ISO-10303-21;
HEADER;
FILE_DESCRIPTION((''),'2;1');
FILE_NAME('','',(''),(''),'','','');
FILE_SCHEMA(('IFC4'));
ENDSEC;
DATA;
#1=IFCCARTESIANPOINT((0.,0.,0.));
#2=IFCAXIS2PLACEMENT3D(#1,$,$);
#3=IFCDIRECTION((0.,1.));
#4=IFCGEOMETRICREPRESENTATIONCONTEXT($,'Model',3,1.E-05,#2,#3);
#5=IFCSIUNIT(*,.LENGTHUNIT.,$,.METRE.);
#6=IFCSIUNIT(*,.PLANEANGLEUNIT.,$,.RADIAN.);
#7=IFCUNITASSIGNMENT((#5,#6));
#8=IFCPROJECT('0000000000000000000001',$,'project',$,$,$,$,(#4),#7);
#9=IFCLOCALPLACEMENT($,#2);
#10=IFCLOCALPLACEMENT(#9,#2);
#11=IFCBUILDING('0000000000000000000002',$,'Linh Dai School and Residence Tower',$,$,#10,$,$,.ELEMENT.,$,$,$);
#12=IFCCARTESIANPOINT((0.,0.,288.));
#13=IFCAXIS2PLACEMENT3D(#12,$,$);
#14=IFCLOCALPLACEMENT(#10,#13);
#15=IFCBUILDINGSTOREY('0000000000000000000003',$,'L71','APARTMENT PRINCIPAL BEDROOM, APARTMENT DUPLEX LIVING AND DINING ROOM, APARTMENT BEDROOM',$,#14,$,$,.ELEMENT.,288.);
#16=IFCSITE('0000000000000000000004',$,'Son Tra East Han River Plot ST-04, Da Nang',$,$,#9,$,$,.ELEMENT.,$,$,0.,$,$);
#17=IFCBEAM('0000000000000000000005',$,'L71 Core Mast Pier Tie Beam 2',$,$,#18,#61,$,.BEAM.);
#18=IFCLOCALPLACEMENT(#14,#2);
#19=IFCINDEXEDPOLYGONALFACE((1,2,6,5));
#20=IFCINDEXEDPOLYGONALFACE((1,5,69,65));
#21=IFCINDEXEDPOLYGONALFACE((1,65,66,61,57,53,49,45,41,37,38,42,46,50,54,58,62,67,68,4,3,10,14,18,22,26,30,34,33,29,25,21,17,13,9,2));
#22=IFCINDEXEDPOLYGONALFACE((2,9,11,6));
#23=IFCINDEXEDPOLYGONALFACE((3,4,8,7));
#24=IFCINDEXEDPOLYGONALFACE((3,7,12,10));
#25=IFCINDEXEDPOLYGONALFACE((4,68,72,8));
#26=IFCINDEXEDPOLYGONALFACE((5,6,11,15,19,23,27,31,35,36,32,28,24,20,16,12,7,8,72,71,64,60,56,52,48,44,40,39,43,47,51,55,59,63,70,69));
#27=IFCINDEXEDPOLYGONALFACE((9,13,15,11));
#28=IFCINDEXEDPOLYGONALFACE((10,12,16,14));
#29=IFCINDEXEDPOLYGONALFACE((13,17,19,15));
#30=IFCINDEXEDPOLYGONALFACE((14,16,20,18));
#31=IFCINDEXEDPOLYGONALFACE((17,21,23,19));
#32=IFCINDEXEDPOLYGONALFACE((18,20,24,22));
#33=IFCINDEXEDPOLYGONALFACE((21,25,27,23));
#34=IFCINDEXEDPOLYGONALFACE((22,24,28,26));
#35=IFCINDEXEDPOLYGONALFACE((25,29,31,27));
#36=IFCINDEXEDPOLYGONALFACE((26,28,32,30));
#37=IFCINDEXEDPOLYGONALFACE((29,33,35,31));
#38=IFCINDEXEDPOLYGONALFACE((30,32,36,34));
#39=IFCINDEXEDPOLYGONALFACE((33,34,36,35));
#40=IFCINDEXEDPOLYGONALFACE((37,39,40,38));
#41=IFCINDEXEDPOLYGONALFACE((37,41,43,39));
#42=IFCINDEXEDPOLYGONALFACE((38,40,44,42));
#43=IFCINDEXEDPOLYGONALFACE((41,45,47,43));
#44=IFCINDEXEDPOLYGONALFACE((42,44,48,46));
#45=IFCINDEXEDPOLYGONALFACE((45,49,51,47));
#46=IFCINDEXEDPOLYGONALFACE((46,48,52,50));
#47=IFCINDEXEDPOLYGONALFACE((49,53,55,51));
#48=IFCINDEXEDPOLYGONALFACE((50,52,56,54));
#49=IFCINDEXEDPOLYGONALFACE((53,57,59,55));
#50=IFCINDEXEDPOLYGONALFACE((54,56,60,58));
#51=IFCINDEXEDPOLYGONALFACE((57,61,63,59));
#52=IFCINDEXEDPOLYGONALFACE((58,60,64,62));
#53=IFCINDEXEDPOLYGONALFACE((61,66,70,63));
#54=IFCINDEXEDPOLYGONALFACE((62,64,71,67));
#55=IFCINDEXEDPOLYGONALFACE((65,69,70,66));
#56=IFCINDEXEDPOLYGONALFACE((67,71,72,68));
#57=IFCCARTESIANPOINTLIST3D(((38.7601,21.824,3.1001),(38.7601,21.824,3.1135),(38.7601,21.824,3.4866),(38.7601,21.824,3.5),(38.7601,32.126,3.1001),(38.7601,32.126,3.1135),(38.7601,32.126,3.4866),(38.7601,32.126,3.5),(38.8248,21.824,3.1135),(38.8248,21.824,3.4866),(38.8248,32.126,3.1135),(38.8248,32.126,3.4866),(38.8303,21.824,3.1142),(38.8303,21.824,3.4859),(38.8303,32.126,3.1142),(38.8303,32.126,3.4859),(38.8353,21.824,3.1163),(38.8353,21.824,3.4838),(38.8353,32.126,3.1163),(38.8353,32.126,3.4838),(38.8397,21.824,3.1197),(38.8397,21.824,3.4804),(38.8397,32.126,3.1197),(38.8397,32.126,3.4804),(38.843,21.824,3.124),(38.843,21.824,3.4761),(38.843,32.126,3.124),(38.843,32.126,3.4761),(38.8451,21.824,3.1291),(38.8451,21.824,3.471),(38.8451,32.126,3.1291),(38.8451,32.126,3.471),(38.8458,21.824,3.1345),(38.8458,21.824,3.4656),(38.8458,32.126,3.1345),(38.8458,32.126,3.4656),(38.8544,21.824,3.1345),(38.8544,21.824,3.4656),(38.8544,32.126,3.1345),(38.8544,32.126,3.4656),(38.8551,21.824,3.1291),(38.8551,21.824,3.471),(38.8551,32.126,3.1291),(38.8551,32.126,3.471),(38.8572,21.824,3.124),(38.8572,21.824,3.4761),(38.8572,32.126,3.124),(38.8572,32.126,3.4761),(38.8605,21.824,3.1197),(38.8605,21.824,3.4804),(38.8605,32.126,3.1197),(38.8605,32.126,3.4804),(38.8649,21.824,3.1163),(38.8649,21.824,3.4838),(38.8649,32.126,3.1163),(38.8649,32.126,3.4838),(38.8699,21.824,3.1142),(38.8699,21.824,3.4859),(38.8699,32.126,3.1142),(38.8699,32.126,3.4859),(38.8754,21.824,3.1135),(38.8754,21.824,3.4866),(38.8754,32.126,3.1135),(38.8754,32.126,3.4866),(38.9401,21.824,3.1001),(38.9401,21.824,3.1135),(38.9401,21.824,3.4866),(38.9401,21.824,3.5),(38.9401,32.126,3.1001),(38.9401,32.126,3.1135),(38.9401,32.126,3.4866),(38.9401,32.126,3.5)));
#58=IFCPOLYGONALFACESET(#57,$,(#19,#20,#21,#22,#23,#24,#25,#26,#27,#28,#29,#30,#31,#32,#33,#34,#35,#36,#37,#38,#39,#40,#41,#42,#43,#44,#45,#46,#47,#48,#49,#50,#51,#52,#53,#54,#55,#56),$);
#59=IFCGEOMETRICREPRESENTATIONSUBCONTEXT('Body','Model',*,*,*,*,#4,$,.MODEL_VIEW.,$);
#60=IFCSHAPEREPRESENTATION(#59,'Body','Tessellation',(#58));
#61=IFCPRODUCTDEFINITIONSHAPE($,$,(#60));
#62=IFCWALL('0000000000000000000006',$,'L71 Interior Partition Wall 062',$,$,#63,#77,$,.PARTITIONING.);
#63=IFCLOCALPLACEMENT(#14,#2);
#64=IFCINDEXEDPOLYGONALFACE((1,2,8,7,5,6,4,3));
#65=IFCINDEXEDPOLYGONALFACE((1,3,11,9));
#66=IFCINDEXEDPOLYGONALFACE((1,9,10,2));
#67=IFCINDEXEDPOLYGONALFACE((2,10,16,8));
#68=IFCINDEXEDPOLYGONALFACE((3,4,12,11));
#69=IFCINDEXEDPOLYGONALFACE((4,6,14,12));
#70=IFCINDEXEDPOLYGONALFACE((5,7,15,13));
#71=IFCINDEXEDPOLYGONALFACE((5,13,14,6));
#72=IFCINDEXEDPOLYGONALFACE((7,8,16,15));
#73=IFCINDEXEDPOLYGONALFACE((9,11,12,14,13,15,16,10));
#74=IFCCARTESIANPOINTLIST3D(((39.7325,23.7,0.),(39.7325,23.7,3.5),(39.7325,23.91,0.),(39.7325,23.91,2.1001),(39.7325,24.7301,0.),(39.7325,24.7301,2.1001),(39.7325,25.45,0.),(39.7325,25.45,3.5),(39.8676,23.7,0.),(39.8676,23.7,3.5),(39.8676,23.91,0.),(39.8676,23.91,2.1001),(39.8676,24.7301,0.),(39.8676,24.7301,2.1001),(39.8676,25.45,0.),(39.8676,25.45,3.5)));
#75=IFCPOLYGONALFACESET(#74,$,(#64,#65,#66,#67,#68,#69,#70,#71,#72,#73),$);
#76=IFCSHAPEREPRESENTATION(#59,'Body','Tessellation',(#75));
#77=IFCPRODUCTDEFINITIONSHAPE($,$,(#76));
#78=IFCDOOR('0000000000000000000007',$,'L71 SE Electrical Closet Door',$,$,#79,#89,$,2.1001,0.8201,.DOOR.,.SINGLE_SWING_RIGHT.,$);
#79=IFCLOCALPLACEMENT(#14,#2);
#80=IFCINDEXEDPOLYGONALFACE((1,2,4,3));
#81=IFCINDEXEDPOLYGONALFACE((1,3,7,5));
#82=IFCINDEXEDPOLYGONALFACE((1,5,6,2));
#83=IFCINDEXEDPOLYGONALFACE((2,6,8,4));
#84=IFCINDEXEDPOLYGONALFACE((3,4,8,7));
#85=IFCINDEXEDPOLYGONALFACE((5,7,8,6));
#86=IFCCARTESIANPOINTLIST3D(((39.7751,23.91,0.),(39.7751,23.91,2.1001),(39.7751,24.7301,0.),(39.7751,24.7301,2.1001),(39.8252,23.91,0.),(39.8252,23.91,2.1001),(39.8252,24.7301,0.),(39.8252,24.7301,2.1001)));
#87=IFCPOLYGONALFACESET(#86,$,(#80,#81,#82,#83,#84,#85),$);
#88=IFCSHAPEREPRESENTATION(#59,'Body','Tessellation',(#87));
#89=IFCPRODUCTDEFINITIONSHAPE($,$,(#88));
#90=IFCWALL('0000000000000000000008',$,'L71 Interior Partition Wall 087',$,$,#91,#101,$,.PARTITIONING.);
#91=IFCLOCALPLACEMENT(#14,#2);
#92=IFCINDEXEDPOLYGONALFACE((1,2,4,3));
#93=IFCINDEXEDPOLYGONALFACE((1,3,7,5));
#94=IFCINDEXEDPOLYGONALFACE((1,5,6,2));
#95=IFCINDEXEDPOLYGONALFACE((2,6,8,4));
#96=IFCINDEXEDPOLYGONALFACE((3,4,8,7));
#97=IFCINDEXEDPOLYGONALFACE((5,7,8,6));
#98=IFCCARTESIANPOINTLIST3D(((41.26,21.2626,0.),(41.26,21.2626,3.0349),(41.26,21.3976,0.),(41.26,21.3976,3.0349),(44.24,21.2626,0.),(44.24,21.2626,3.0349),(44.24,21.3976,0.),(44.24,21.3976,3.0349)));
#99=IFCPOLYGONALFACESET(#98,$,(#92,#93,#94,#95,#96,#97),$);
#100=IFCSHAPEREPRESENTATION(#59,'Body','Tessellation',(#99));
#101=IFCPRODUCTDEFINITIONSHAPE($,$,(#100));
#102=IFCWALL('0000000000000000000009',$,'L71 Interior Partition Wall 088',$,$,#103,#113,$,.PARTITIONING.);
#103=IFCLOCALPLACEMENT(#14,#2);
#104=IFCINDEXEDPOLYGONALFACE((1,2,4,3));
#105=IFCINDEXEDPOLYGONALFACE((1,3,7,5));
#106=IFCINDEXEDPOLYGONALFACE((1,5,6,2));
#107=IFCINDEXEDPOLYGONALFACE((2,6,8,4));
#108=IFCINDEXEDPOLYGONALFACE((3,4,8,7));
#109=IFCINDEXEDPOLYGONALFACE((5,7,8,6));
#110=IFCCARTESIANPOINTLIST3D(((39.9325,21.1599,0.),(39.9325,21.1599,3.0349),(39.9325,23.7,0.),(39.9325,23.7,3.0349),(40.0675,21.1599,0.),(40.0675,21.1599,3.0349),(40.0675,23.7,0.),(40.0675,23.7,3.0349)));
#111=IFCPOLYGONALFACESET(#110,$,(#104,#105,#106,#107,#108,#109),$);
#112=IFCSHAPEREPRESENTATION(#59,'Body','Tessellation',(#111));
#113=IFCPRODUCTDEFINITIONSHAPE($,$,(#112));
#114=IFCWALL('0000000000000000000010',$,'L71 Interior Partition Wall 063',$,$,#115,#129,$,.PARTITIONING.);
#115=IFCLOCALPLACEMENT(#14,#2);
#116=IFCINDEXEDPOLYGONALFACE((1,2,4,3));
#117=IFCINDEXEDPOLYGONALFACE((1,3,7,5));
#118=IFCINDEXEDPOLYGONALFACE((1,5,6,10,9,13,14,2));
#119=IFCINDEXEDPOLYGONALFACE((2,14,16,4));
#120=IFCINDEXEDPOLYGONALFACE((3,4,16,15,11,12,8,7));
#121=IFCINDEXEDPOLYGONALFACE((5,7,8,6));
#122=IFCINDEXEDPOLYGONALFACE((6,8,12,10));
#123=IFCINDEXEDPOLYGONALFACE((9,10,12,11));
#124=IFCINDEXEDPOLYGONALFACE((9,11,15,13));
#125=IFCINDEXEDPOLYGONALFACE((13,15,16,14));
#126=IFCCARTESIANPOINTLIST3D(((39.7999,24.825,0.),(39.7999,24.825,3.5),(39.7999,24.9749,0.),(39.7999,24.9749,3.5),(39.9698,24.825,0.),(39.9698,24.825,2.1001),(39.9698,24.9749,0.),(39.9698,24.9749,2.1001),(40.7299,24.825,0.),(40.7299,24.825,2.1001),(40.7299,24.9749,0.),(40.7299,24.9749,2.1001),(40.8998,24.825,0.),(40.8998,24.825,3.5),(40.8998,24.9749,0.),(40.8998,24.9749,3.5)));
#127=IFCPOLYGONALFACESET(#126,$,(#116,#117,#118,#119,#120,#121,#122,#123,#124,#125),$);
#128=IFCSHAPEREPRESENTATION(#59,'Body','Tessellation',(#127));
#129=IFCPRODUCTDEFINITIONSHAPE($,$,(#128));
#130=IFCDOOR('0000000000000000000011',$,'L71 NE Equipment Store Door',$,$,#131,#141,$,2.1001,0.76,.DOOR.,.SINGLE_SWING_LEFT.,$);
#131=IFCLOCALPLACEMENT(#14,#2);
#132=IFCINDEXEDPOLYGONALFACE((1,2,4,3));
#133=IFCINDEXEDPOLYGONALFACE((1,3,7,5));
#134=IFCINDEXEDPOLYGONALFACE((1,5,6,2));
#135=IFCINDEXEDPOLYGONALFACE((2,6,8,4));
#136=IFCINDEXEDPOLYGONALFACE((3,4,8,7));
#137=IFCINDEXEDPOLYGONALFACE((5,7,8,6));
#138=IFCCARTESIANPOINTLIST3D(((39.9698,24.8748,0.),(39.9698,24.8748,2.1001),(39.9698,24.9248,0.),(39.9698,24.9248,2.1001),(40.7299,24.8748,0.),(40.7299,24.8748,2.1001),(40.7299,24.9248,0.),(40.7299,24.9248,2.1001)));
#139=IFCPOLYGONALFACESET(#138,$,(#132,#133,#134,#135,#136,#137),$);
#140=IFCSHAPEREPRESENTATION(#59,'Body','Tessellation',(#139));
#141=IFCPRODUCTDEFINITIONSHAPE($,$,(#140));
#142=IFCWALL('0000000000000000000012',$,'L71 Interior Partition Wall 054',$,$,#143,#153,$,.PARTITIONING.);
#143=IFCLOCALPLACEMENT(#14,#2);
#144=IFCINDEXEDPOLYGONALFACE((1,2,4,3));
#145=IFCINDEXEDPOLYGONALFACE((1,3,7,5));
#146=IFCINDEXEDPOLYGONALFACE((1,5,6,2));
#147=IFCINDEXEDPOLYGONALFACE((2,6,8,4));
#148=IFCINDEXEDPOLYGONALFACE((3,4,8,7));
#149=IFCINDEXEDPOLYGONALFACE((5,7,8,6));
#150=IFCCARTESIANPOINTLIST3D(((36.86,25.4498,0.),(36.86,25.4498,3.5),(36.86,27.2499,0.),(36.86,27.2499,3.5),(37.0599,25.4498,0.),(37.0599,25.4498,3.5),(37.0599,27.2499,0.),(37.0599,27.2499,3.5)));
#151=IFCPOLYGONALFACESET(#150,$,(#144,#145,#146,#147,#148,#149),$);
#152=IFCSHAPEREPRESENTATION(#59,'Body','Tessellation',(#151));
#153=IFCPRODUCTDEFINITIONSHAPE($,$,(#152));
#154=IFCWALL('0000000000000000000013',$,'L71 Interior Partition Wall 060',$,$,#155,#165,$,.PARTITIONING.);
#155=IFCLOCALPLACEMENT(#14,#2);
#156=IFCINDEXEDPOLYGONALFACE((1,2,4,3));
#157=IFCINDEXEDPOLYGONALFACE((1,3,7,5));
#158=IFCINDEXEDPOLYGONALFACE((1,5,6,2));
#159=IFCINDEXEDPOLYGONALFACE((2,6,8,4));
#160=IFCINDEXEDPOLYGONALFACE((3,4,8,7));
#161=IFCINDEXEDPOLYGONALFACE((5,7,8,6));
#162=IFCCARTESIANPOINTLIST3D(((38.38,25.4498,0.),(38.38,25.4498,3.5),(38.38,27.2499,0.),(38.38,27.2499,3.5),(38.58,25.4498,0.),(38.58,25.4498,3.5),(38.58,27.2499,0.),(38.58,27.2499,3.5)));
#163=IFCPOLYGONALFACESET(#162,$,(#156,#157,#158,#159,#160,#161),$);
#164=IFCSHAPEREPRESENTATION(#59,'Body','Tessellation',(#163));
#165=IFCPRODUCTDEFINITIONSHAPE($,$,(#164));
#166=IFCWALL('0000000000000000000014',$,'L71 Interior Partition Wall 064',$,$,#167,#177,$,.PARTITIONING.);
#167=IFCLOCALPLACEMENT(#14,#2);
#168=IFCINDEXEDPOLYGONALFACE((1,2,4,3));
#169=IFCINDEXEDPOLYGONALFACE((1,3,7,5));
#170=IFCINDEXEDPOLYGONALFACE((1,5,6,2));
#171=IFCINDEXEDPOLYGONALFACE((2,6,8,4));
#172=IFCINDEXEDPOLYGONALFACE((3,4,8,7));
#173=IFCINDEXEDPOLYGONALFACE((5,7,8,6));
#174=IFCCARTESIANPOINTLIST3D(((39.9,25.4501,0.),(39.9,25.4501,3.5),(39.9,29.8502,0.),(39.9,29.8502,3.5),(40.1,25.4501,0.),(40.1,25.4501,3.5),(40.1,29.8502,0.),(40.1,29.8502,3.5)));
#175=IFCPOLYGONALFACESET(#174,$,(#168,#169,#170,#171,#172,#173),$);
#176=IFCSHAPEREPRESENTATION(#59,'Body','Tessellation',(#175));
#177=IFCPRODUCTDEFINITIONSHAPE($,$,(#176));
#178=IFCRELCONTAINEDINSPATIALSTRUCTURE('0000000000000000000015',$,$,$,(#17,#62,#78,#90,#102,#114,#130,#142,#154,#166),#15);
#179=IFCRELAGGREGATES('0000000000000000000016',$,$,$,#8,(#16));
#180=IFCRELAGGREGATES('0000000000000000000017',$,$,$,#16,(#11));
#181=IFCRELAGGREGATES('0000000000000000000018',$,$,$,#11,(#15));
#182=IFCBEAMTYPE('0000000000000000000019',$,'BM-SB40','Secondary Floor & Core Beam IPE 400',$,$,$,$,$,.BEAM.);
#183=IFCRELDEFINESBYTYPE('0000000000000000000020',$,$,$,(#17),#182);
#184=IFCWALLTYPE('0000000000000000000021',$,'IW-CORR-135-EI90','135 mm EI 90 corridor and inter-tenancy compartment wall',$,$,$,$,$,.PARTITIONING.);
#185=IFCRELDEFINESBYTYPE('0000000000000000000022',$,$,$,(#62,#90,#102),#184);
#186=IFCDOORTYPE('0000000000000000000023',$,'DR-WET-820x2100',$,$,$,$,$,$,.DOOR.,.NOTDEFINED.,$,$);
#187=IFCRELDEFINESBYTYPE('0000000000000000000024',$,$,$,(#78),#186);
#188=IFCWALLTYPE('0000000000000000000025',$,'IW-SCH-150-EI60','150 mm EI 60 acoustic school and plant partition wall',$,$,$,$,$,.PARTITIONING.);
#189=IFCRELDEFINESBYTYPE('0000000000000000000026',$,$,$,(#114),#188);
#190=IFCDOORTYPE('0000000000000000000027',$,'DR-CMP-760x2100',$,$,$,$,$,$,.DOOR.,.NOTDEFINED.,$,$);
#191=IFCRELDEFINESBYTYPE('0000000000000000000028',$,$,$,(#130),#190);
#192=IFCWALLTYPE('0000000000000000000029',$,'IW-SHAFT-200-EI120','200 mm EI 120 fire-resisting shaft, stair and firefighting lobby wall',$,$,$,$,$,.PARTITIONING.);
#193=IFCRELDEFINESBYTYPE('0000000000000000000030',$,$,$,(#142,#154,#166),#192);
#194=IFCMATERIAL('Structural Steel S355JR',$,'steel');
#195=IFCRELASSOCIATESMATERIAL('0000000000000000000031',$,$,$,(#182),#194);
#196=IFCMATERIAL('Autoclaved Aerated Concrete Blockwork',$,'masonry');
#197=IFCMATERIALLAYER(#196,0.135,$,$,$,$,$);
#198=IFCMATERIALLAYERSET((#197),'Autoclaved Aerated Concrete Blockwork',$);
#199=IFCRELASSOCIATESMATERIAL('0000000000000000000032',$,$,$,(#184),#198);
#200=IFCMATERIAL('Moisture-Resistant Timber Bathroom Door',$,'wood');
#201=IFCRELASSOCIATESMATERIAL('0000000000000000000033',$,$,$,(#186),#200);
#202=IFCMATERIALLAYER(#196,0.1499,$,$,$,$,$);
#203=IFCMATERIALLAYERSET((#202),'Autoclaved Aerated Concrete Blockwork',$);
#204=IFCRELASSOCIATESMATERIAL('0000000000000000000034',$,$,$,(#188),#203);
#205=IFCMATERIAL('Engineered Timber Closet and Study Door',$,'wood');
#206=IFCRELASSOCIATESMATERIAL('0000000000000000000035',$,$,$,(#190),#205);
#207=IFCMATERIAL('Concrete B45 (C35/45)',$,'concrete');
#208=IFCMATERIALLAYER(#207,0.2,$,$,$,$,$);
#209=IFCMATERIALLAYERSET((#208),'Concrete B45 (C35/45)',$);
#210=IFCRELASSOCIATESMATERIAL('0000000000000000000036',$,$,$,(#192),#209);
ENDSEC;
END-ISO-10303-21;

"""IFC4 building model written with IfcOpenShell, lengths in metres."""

from ifc_helpers import new_model, si_unit, direction, frame, frame_2d, origin, origin_2d, place, context, subcontext, project, spatial, rectangle, i_section, extrude, source, transform, mapped, material, layer, layer_set, material_profile, profile_set, type_object, element, fill, save


model = new_model("IFC4")

# Units and contexts
model_context = context("Model", 3, precision=1e-05, world=origin(), true_north=direction((0.0, 1.0)))
body_context = subcontext(model_context, "Body", "Model", "MODEL_VIEW")
ifc_project = project(units=[si_unit("LENGTHUNIT", "METRE"), si_unit("PLANEANGLEUNIT", "RADIAN")], contexts=[model_context])

# Site, building, storey
site_placement = place(None, origin())
site = spatial("IfcSite", under=ifc_project, at=site_placement, Name="Son Tra East Han River Plot ST-04, Da Nang", CompositionType="ELEMENT", RefElevation=0.0)
building_placement = place(site_placement, origin())
building = spatial("IfcBuilding", under=site, at=building_placement, Name="Linh Dai School and Residence Tower", CompositionType="ELEMENT")
storey_placement = place(building_placement, frame((0.0, 0.0, 288.0)))
storey = spatial("IfcBuildingStorey", under=building, at=storey_placement, Name="L71", Description="APARTMENT PRINCIPAL BEDROOM, APARTMENT DUPLEX LIVING AND DINING ROOM, APARTMENT BEDROOM", CompositionType="ELEMENT", Elevation=288.0)

# Shared definitions
ifc_material_1 = material(Name="Structural Steel S355JR", Category="steel")

# Beam
ifc_material_profile_1 = material_profile(ifc_material_1, i_section(OverallWidth=0.1799, OverallDepth=0.3999, WebThickness=0.0085, FlangeThickness=0.0134, FilletRadius=0.021, at=origin_2d()), Name="IPE 400")
ifc_profile_set_1 = profile_set([ifc_material_profile_1], Name="Structural Steel S355JR")
beam_type_1 = type_object("IfcBeamType", Name="BM-SB40", Description="Secondary Floor & Core Beam IPE 400", PredefinedType="BEAM", material=ifc_profile_set_1)
beam_1_placement = place(storey_placement, frame((38.8501, 21.824, 3.3), z_axis=(0.0, 1.0, 0.0), x_axis=(-1.0, 0.0, 0.0)))
element("IfcBeam", 1, at=beam_1_placement, inside=storey, type_object=beam_type_1, Name="L71 Core Mast Pier Tie Beam 2", PredefinedType="BEAM", context=body_context, shape_type="SweptSolid", body=[
    extrude(i_section(OverallWidth=0.1799, OverallDepth=0.3999, WebThickness=0.0085, FlangeThickness=0.0134, FilletRadius=0.021, at=origin_2d()), origin(), (0.0, 0.0, 1.0), 10.302),
])

# Wall, opening, door
ifc_material_2 = material(Name="Autoclaved Aerated Concrete Blockwork", Category="masonry")
ifc_layer_1 = layer(ifc_material_2, 0.135)
ifc_layer_set_1 = layer_set([ifc_layer_1], Name="Autoclaved Aerated Concrete Blockwork")
wall_type_1 = type_object("IfcWallType", Name="IW-CORR-135-EI90", Description="135 mm EI 90 corridor and inter-tenancy compartment wall", PredefinedType="PARTITIONING", material=ifc_layer_set_1)
wall_1_placement = place(storey_placement, frame((39.8, 23.7, 0.0), z_axis=(0.0, 0.0, 1.0), x_axis=(0.0, 1.0, 0.0)))
wall_1 = element("IfcWall", 2, at=wall_1_placement, inside=storey, type_object=wall_type_1, Name="L71 Interior Partition Wall 062", PredefinedType="PARTITIONING", context=body_context, shape_type="SweptSolid", body=[
    extrude(rectangle(XDim=1.75, YDim=0.135, at=frame_2d((0.875, 0.0))), origin(), (0.0, 0.0, 1.0), 3.5),
])
opening_1_placement = place(wall_1_placement, frame((0.21, 0.0, 0.0)))
opening_1 = element("IfcOpeningElement", 3, at=opening_1_placement, cuts=wall_1, PredefinedType="OPENING", context=body_context, shape_type="SweptSolid", body=[
    extrude(rectangle(XDim=0.8201, YDim=2.1001, at=origin_2d()), frame((0.4102, 0.0776, 1.05), z_axis=(0.0, -1.0, 0.0), x_axis=(1.0, 0.0, 0.0)), (0.0, 0.0, 1.0), 0.155),
])
ifc_material_3 = material(Name="Moisture-Resistant Timber Bathroom Door", Category="wood")
door_type_1 = type_object("IfcDoorType", Name="DR-WET-820x2100", OperationType="NOTDEFINED", PredefinedType="DOOR", material=ifc_material_3)
shared_shape_1 = source(origin(), body_context, "Body", "SweptSolid", [
    extrude(rectangle(XDim=0.8201, YDim=2.1001, at=origin_2d()), frame((0.4102, 0.0249, 1.05), z_axis=(0.0, -1.0, 0.0), x_axis=(1.0, 0.0, 0.0)), (0.0, 0.0, 1.0), 0.05),
])
door_1_placement = place(opening_1_placement, origin())
door_1 = element("IfcDoor", 4, at=door_1_placement, inside=storey, type_object=door_type_1, Name="L71 SE Electrical Closet Door", OperationType="SINGLE_SWING_RIGHT", OverallHeight=2.1001, OverallWidth=0.8201, PredefinedType="DOOR", context=body_context, shape_type="MappedRepresentation", body=[
    mapped(shared_shape_1, transform((0.0, 0.0, 0.0), x_axis=(1.0, 0.0, 0.0), y_axis=(0.0, 1.0, 0.0), z_axis=(0.0, 0.0, 1.0), scale=1.0)),
])
fill(opening_1, door_1)

# Walls
wall_2_placement = place(storey_placement, frame((44.24, 21.3301, 0.0), z_axis=(0.0, 0.0, 1.0), x_axis=(-1.0, 0.0, 0.0)))
element("IfcWall", 5, at=wall_2_placement, inside=storey, type_object=wall_type_1, Name="L71 Interior Partition Wall 087", PredefinedType="PARTITIONING", context=body_context, shape_type="SweptSolid", body=[
    extrude(rectangle(XDim=2.98, YDim=0.135, at=frame_2d((1.49, 0.0))), origin(), (0.0, 0.0, 1.0), 3.0349),
])
wall_3_placement = place(storey_placement, frame((40.0, 23.7, 0.0), z_axis=(0.0, 0.0, 1.0), x_axis=(0.0, -1.0, 0.0)))
element("IfcWall", 6, at=wall_3_placement, inside=storey, type_object=wall_type_1, Name="L71 Interior Partition Wall 088", PredefinedType="PARTITIONING", context=body_context, shape_type="SweptSolid", body=[
    extrude(rectangle(XDim=2.54, YDim=0.135, at=frame_2d((1.27, 0.0))), origin(), (0.0, 0.0, 1.0), 3.0349),
])

# Wall, opening, door
ifc_layer_2 = layer(ifc_material_2, 0.1499)
ifc_layer_set_2 = layer_set([ifc_layer_2], Name="Autoclaved Aerated Concrete Blockwork")
wall_type_2 = type_object("IfcWallType", Name="IW-SCH-150-EI60", Description="150 mm EI 60 acoustic school and plant partition wall", PredefinedType="PARTITIONING", material=ifc_layer_set_2)
wall_4_placement = place(storey_placement, frame((39.8, 24.8999, 0.0), z_axis=(0.0, 0.0, 1.0), x_axis=(1.0, 0.0, 0.0)))
wall_4 = element("IfcWall", 7, at=wall_4_placement, inside=storey, type_object=wall_type_2, Name="L71 Interior Partition Wall 063", PredefinedType="PARTITIONING", context=body_context, shape_type="SweptSolid", body=[
    extrude(rectangle(XDim=1.0999, YDim=0.1499, at=frame_2d((0.5498, 0.0))), origin(), (0.0, 0.0, 1.0), 3.5),
])
opening_2_placement = place(wall_4_placement, frame((0.1699, 0.0, 0.0)))
opening_2 = element("IfcOpeningElement", 8, at=opening_2_placement, cuts=wall_4, PredefinedType="OPENING", context=body_context, shape_type="SweptSolid", body=[
    extrude(rectangle(XDim=0.76, YDim=2.1001, at=origin_2d()), frame((0.3799, 0.085, 1.05), z_axis=(0.0, -1.0, 0.0), x_axis=(1.0, 0.0, 0.0)), (0.0, 0.0, 1.0), 0.1699),
])
ifc_material_4 = material(Name="Engineered Timber Closet and Study Door", Category="wood")
door_type_2 = type_object("IfcDoorType", Name="DR-CMP-760x2100", OperationType="NOTDEFINED", PredefinedType="DOOR", material=ifc_material_4)
shared_shape_2 = source(origin(), body_context, "Body", "SweptSolid", [
    extrude(rectangle(XDim=0.76, YDim=2.1001, at=origin_2d()), frame((0.3799, 0.0249, 1.05), z_axis=(0.0, -1.0, 0.0), x_axis=(1.0, 0.0, 0.0)), (0.0, 0.0, 1.0), 0.05),
])
door_2_placement = place(opening_2_placement, origin())
door_2 = element("IfcDoor", 9, at=door_2_placement, inside=storey, type_object=door_type_2, Name="L71 NE Equipment Store Door", OperationType="SINGLE_SWING_LEFT", OverallHeight=2.1001, OverallWidth=0.76, PredefinedType="DOOR", context=body_context, shape_type="MappedRepresentation", body=[
    mapped(shared_shape_2, transform((0.0, 0.0, 0.0), x_axis=(1.0, 0.0, 0.0), y_axis=(0.0, 1.0, 0.0), z_axis=(0.0, 0.0, 1.0), scale=1.0)),
])
fill(opening_2, door_2)

# Walls
ifc_material_5 = material(Name="Concrete B45 (C35/45)", Category="concrete")
ifc_layer_3 = layer(ifc_material_5, 0.2)
ifc_layer_set_3 = layer_set([ifc_layer_3], Name="Concrete B45 (C35/45)")
wall_type_3 = type_object("IfcWallType", Name="IW-SHAFT-200-EI120", Description="200 mm EI 120 fire-resisting shaft, stair and firefighting lobby wall", PredefinedType="PARTITIONING", material=ifc_layer_set_3)
for number, where, z_axis, x_axis, name in (
    (10, (36.96, 25.45, 0.0), (0.0, 0.0, 1.0), (0.0, 1.0, 0.0), "L71 Interior Partition Wall 054"),
    (11, (38.48, 25.45, 0.0), (0.0, 0.0, 1.0), (0.0, 1.0, 0.0), "L71 Interior Partition Wall 060"),
):
    element("IfcWall", number, at=place(storey_placement, frame(where, z_axis=z_axis, x_axis=x_axis)), inside=storey, type_object=wall_type_3, Name=name, PredefinedType="PARTITIONING", context=body_context, shape_type="SweptSolid", body=[
        extrude(rectangle(XDim=1.8, YDim=0.2, at=frame_2d((0.8999, 0.0))), origin(), (0.0, 0.0, 1.0), 3.5),
    ])
wall_5_placement = place(storey_placement, frame((40.0, 25.45, 0.0), z_axis=(0.0, 0.0, 1.0), x_axis=(0.0, 1.0, 0.0)))
element("IfcWall", 12, at=wall_5_placement, inside=storey, type_object=wall_type_3, Name="L71 Interior Partition Wall 064", PredefinedType="PARTITIONING", context=body_context, shape_type="SweptSolid", body=[
    extrude(rectangle(XDim=4.4001, YDim=0.2, at=frame_2d((2.2002, 0.0))), origin(), (0.0, 0.0, 1.0), 3.5),
])

save(model, "model.ifc")
